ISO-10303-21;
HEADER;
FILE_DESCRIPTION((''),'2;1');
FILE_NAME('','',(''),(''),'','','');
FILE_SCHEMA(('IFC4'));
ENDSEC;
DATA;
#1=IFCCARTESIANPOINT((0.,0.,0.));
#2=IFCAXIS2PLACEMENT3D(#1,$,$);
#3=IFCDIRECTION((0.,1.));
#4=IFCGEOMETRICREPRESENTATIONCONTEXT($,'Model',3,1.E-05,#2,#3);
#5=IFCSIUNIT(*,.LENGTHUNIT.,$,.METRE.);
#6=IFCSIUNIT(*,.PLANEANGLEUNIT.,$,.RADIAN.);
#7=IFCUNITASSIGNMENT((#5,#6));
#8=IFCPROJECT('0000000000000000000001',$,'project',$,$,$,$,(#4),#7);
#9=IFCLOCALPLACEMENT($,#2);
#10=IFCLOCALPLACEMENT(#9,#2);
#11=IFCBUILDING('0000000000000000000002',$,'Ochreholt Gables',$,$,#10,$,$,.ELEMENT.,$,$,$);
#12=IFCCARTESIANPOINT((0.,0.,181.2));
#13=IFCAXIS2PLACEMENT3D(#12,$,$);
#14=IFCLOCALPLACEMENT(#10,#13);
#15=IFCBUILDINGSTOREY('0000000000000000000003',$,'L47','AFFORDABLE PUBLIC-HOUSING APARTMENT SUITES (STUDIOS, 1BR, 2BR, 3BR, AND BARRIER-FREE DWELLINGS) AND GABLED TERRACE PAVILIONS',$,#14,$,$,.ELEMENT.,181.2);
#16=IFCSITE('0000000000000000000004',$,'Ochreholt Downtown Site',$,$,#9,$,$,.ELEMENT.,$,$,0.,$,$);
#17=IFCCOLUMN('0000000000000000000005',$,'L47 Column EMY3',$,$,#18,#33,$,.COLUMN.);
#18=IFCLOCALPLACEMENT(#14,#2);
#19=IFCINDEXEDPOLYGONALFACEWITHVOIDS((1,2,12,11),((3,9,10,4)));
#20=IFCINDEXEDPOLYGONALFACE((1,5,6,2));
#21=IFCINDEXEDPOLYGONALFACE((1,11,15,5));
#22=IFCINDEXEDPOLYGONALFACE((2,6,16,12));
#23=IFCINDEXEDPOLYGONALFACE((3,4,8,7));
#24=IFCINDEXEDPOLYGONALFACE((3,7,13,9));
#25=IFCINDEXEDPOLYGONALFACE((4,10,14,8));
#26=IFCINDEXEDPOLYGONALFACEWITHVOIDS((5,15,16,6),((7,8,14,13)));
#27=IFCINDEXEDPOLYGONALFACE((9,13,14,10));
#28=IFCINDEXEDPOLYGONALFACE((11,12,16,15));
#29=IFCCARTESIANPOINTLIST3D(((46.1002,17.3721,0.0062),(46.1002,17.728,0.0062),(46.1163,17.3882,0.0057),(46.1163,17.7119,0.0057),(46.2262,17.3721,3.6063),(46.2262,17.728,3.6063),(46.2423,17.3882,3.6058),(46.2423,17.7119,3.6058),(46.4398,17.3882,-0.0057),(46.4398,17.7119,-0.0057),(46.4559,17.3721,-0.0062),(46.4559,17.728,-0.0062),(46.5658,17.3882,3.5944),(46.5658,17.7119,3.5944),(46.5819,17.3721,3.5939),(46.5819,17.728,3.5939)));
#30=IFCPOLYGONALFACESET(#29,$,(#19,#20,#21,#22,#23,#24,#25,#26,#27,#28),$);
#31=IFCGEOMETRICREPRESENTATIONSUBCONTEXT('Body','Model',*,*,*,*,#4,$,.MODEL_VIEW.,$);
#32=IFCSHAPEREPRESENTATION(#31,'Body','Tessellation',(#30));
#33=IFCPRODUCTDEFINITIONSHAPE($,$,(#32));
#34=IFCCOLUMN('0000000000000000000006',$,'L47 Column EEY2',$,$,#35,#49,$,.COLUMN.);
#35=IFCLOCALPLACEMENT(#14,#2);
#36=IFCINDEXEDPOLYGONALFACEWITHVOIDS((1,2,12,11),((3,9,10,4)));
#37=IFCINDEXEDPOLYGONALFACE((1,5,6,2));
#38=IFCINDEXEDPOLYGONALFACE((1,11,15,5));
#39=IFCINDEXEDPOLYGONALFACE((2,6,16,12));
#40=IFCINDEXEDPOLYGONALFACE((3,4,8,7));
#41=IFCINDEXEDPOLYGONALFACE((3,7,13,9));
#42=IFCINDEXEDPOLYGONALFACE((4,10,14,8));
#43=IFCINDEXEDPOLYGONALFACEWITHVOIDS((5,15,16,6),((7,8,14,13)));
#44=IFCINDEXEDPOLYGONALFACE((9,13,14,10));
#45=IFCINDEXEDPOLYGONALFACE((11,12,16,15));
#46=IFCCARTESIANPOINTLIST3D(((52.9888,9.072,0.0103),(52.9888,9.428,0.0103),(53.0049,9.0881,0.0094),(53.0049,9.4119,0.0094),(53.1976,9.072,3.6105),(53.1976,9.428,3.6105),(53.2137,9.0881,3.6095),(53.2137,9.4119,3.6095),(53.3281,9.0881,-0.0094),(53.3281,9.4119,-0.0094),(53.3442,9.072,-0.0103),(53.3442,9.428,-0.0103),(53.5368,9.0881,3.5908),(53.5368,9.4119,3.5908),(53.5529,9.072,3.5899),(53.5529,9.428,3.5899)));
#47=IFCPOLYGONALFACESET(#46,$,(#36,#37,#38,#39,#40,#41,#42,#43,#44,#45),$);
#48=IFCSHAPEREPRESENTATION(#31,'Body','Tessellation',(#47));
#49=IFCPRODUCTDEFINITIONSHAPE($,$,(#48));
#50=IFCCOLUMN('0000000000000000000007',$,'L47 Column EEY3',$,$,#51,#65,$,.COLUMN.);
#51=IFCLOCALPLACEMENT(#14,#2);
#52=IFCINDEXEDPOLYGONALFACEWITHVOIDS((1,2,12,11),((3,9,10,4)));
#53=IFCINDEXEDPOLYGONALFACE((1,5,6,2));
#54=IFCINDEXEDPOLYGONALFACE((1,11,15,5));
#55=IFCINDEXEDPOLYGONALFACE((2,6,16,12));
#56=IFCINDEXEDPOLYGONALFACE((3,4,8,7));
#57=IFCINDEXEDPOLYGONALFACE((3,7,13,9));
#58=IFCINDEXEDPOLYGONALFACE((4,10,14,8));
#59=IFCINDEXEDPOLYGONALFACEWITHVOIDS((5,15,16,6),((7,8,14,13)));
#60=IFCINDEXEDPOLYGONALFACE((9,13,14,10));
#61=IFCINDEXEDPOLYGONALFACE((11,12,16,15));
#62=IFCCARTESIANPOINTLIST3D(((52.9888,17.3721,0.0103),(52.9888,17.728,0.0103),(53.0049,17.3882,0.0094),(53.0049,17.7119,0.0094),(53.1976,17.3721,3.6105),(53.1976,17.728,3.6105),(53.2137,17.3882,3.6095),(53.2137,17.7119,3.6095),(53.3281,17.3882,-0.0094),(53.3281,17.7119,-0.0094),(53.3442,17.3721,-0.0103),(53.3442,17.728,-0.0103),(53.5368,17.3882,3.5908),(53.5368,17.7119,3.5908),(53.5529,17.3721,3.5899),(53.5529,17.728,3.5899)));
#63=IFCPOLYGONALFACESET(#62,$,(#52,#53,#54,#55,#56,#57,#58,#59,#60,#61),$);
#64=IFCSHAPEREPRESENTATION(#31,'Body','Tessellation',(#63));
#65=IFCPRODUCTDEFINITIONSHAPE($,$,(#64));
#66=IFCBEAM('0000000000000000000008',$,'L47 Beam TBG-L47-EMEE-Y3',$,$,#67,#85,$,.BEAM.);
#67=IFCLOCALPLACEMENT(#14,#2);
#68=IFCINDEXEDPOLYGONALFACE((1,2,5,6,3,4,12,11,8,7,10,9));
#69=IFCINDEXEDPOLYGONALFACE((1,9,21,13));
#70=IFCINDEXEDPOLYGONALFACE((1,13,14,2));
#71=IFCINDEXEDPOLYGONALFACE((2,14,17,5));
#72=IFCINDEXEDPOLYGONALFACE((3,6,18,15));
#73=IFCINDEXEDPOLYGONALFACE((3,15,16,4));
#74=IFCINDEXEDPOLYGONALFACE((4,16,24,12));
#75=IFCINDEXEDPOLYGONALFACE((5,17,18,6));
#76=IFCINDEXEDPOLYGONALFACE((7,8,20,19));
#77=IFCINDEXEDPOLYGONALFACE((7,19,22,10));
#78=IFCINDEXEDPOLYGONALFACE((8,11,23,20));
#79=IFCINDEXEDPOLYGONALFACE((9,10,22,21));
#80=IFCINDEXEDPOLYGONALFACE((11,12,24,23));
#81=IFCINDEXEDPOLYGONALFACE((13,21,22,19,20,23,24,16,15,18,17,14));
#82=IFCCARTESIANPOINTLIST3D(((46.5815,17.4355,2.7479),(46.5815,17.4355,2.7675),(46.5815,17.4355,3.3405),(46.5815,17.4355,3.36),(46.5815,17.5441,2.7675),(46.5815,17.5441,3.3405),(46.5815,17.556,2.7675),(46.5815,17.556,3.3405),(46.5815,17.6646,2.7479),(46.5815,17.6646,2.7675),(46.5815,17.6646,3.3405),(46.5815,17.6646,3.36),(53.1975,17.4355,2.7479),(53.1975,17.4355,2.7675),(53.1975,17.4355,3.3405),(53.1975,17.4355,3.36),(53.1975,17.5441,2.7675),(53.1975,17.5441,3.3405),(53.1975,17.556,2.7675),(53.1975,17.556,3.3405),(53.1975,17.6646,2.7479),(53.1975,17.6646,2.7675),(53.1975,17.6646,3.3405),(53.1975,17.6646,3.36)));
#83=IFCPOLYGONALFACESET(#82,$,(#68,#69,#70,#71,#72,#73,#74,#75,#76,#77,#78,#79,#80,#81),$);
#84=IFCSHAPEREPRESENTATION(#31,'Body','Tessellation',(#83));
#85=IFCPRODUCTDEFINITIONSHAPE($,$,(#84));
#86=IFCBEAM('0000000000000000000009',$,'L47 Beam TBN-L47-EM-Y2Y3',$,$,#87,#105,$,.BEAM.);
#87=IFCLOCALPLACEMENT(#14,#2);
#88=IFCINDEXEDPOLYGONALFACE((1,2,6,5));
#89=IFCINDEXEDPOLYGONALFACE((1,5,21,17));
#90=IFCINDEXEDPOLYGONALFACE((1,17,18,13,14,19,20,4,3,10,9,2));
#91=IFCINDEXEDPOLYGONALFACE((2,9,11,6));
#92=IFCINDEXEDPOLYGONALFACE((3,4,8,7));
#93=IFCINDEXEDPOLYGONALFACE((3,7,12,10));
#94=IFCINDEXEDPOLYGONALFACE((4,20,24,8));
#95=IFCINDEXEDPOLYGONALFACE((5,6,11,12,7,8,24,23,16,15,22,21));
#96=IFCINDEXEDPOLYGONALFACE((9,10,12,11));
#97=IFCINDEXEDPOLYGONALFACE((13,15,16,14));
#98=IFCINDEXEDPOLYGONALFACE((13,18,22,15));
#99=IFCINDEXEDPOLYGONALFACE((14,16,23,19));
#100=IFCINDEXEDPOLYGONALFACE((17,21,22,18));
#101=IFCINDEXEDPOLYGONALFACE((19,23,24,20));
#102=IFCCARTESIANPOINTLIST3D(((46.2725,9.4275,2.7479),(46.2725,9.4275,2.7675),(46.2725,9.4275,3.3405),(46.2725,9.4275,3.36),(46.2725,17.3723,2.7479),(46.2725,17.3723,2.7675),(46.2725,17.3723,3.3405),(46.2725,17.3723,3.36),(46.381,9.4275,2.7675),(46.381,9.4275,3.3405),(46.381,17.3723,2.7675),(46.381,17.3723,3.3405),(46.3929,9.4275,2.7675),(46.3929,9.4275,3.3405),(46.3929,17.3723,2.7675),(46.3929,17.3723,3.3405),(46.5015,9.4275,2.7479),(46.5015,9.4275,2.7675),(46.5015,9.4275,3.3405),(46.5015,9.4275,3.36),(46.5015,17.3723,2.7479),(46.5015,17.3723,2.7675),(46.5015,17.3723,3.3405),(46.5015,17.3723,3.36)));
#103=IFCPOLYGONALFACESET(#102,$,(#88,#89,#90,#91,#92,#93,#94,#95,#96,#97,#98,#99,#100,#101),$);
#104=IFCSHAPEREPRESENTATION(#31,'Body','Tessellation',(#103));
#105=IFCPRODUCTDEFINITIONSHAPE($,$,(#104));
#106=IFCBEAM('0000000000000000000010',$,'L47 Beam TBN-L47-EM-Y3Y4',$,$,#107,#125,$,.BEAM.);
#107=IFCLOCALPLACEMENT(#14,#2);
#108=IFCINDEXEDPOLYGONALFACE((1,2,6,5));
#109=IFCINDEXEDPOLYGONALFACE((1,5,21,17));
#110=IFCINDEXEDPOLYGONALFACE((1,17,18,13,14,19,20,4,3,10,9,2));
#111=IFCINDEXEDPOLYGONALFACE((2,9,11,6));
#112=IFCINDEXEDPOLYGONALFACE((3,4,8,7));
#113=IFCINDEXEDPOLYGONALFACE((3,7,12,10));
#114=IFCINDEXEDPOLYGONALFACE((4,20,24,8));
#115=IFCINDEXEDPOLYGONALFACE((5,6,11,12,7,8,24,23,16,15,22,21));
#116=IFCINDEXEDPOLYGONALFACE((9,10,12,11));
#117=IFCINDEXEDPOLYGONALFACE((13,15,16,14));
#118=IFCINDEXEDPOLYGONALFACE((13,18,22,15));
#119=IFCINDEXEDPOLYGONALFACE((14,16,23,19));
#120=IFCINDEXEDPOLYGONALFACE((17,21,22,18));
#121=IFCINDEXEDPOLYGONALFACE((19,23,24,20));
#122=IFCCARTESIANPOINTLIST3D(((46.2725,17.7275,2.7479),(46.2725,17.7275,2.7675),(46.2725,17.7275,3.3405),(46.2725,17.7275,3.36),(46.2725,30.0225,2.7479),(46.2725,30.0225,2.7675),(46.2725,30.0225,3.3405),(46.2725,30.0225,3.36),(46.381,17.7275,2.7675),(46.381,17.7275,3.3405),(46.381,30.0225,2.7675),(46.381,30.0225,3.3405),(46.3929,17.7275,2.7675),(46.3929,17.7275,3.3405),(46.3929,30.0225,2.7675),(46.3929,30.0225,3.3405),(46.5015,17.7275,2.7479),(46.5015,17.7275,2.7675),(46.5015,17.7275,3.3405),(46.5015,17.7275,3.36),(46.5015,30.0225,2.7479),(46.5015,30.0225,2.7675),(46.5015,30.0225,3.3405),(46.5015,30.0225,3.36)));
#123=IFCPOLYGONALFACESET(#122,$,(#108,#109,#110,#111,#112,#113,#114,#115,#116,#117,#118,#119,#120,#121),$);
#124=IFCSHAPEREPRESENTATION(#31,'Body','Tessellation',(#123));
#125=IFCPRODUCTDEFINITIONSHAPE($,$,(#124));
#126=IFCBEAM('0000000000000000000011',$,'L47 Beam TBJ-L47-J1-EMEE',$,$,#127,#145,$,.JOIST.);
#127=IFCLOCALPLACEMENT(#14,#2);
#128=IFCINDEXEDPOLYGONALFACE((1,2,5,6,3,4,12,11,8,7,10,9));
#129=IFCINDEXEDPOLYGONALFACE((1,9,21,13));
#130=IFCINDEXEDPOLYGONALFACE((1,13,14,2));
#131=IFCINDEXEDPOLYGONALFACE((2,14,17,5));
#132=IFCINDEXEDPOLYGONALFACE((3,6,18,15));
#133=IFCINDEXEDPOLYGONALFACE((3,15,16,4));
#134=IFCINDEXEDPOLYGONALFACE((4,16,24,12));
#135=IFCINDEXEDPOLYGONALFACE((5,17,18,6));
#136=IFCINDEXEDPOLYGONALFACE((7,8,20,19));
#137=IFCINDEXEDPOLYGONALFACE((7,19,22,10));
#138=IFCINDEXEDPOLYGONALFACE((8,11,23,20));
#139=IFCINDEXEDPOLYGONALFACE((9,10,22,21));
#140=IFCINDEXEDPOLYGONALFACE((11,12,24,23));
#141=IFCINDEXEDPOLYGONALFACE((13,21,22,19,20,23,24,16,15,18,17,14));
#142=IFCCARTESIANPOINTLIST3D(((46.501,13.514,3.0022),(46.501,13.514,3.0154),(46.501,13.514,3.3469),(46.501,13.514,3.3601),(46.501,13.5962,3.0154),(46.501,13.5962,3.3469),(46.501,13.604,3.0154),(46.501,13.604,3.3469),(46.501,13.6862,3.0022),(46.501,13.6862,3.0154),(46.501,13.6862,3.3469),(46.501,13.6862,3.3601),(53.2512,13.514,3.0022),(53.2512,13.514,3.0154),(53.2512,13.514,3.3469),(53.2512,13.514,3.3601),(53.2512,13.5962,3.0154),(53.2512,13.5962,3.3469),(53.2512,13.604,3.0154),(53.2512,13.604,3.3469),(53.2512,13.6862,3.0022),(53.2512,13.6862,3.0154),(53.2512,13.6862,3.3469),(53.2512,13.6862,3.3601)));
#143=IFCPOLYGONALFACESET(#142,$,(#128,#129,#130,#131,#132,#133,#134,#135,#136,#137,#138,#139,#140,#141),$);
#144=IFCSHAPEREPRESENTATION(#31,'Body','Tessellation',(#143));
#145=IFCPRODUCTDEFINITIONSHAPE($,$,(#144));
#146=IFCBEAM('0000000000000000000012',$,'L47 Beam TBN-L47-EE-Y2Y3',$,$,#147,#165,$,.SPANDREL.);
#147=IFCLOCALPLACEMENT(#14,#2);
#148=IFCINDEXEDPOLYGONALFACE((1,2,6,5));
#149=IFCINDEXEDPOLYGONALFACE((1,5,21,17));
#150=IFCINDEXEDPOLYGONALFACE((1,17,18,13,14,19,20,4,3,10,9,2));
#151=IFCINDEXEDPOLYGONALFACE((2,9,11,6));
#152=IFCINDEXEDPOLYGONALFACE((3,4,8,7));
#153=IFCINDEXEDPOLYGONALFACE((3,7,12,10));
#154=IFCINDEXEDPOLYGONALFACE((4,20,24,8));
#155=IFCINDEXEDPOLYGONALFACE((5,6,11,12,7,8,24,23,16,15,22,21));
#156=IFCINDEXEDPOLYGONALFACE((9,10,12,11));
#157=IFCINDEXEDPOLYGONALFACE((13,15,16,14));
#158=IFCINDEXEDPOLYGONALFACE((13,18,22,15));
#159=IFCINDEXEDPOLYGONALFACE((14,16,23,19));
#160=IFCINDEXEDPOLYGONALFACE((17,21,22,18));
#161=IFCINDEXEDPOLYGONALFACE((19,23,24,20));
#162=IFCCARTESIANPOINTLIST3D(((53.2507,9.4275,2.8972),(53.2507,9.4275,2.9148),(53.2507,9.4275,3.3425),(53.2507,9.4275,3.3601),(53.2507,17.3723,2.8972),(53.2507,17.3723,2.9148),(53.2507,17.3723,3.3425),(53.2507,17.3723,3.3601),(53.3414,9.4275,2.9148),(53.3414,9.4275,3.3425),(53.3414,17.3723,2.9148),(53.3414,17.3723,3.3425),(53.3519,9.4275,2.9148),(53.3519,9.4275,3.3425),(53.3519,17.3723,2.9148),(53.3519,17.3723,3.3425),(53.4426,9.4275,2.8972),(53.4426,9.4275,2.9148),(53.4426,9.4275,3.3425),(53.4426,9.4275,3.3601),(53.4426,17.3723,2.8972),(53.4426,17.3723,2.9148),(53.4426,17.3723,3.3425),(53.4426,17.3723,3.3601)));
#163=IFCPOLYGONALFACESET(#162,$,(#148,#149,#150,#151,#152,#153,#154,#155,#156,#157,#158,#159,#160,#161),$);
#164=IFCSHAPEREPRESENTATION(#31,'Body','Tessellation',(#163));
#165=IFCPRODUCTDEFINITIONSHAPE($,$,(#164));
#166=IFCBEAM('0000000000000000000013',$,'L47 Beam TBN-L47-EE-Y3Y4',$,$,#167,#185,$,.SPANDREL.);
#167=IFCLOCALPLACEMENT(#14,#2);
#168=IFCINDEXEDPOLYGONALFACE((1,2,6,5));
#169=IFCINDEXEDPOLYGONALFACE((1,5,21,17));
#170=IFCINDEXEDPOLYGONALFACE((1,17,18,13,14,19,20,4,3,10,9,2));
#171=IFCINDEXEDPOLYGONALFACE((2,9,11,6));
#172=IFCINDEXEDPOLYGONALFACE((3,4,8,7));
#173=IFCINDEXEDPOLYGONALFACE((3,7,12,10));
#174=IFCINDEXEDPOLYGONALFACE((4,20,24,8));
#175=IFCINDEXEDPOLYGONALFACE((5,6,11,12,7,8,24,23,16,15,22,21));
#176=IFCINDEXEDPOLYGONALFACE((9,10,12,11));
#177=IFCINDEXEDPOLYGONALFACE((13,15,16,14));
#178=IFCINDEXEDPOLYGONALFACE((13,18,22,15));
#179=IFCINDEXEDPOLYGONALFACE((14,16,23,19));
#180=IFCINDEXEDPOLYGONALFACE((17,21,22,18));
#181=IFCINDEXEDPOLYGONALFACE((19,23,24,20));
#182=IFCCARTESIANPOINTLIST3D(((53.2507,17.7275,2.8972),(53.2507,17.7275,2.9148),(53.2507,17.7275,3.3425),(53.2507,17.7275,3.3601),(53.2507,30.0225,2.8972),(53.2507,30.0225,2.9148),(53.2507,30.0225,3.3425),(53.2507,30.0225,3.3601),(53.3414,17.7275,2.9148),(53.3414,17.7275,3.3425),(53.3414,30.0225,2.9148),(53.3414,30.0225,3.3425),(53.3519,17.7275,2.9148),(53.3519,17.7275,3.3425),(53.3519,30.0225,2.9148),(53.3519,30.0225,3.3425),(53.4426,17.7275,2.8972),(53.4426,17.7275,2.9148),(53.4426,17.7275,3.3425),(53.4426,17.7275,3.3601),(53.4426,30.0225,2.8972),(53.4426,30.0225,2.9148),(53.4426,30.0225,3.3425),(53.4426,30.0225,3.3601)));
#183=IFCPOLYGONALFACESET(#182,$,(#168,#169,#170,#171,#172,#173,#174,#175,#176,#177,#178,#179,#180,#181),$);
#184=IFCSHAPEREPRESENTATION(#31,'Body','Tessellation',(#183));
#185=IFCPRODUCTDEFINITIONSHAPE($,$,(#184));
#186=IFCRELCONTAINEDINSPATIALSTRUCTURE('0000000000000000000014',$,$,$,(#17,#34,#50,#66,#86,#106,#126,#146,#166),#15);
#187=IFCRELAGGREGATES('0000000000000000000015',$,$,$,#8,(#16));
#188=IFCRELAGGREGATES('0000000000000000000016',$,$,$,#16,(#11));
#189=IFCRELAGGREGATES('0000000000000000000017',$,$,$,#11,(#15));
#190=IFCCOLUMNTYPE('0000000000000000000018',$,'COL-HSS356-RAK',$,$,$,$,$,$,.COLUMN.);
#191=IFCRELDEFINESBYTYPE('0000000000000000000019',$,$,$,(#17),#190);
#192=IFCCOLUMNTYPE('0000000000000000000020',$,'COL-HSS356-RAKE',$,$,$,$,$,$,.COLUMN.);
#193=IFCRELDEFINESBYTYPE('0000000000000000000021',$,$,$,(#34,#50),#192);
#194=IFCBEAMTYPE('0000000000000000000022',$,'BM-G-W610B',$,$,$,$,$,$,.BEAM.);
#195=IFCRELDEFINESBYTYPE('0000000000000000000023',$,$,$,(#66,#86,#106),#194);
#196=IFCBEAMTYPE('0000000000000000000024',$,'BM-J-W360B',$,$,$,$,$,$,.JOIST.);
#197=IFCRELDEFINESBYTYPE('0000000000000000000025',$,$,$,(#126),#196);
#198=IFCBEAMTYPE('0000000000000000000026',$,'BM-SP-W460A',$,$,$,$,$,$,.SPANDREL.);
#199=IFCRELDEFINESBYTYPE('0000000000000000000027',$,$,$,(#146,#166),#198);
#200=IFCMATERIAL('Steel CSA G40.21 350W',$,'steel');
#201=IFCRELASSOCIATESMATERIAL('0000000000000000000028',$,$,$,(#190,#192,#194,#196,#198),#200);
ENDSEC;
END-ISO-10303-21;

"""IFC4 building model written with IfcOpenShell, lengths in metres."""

from ifc_helpers import new_model, si_unit, direction, frame, origin, origin_2d, place, context, subcontext, project, spatial, hollow_rectangle, i_section, extrude, material, material_profile, profile_set, type_object, element, save


model = new_model("IFC4")

# Units and contexts
model_context = context("Model", 3, precision=1e-05, world=origin(), true_north=direction((0.0, 1.0)))
body_context = subcontext(model_context, "Body", "Model", "MODEL_VIEW")
ifc_project = project(units=[si_unit("LENGTHUNIT", "METRE"), si_unit("PLANEANGLEUNIT", "RADIAN")], contexts=[model_context])

# Site, building, storey
site_placement = place(None, origin())
site = spatial("IfcSite", under=ifc_project, at=site_placement, Name="Ochreholt Downtown Site", CompositionType="ELEMENT", RefElevation=0.0)
building_placement = place(site_placement, origin())
building = spatial("IfcBuilding", under=site, at=building_placement, Name="Ochreholt Gables", CompositionType="ELEMENT")
storey_placement = place(building_placement, frame((0.0, 0.0, 181.2)))
storey = spatial("IfcBuildingStorey", under=building, at=storey_placement, Name="L47", Description="AFFORDABLE PUBLIC-HOUSING APARTMENT SUITES (STUDIOS, 1BR, 2BR, 3BR, AND BARRIER-FREE DWELLINGS) AND GABLED TERRACE PAVILIONS", CompositionType="ELEMENT", Elevation=181.2)

# Columns
ifc_material_1 = material(Name="Steel CSA G40.21 350W", Category="steel")
ifc_material_profile_1 = material_profile(ifc_material_1, hollow_rectangle(XDim=0.356, YDim=0.356, WallThickness=0.0161, at=origin_2d()), Name="HSS356X356X16")
ifc_profile_set_1 = profile_set([ifc_material_profile_1], Name="Steel CSA G40.21 350W")
column_type_1 = type_object("IfcColumnType", Name="COL-HSS356-RAK", PredefinedType="COLUMN", material=ifc_profile_set_1)
column_placement = place(storey_placement, frame((46.2781, 17.55, 0.0), z_axis=(0.034971, 0.0, 0.999388), x_axis=(0.0, 1.0, 0.0)))
element("IfcColumn", 1, at=column_placement, inside=storey, type_object=column_type_1, Name="L47 Column EMY3", PredefinedType="COLUMN", context=body_context, shape_type="SweptSolid", body=[
    extrude(hollow_rectangle(XDim=0.356, YDim=0.356, WallThickness=0.0161, at=origin_2d()), origin(), (0.0, 0.0, 1.0), 3.6023),
])
ifc_material_profile_2 = material_profile(ifc_material_1, hollow_rectangle(XDim=0.356, YDim=0.356, WallThickness=0.0161, at=origin_2d()), Name="HSS356X356X16")
ifc_profile_set_2 = profile_set([ifc_material_profile_2], Name="Steel CSA G40.21 350W")
column_type_2 = type_object("IfcColumnType", Name="COL-HSS356-RAKE", PredefinedType="COLUMN", material=ifc_profile_set_2)
for number, where, z_axis, x_axis, name in (
    (2, (53.1665, 9.25, 0.0), (0.057885, 0.0, 0.998323), (0.0, 1.0, 0.0), "L47 Column EEY2"),
    (3, (53.1665, 17.55, 0.0), (0.057885, 0.0, 0.998323), (0.0, 1.0, 0.0), "L47 Column EEY3"),
):
    element("IfcColumn", number, at=place(storey_placement, frame(where, z_axis=z_axis, x_axis=x_axis)), inside=storey, type_object=column_type_2, Name=name, PredefinedType="COLUMN", context=body_context, shape_type="SweptSolid", body=[
        extrude(hollow_rectangle(XDim=0.356, YDim=0.356, WallThickness=0.0161, at=origin_2d()), origin(), (0.0, 0.0, 1.0), 3.6062),
    ])

# Beams
ifc_material_profile_3 = material_profile(ifc_material_1, i_section(OverallWidth=0.229, OverallDepth=0.6121, WebThickness=0.012, FlangeThickness=0.0195, at=origin_2d()), Name="W610X125")
ifc_profile_set_3 = profile_set([ifc_material_profile_3], Name="Steel CSA G40.21 350W")
beam_type_1 = type_object("IfcBeamType", Name="BM-G-W610B", PredefinedType="BEAM", material=ifc_profile_set_3)
beam_1_placement = place(storey_placement, frame((46.5815, 17.55, 3.054), z_axis=(1.0, 0.0, 0.0), x_axis=(0.0, 1.0, 0.0)))
element("IfcBeam", 4, at=beam_1_placement, inside=storey, type_object=beam_type_1, Name="L47 Beam TBG-L47-EMEE-Y3", PredefinedType="BEAM", context=body_context, shape_type="SweptSolid", body=[
    extrude(i_section(OverallWidth=0.229, OverallDepth=0.6121, WebThickness=0.012, FlangeThickness=0.0195, at=origin_2d()), origin(), (0.0, 0.0, 1.0), 6.616),
])
beam_2_placement = place(storey_placement, frame((46.387, 9.4275, 3.054), z_axis=(0.0, 1.0, 0.0), x_axis=(-1.0, 0.0, 0.0)))
element("IfcBeam", 5, at=beam_2_placement, inside=storey, type_object=beam_type_1, Name="L47 Beam TBN-L47-EM-Y2Y3", PredefinedType="BEAM", context=body_context, shape_type="SweptSolid", body=[
    extrude(i_section(OverallWidth=0.229, OverallDepth=0.6121, WebThickness=0.012, FlangeThickness=0.0195, at=origin_2d()), origin(), (0.0, 0.0, 1.0), 7.9448),
])
beam_3_placement = place(storey_placement, frame((46.387, 17.7275, 3.054), z_axis=(0.0, 1.0, 0.0), x_axis=(-1.0, 0.0, 0.0)))
element("IfcBeam", 6, at=beam_3_placement, inside=storey, type_object=beam_type_1, Name="L47 Beam TBN-L47-EM-Y3Y4", PredefinedType="BEAM", context=body_context, shape_type="SweptSolid", body=[
    extrude(i_section(OverallWidth=0.229, OverallDepth=0.6121, WebThickness=0.012, FlangeThickness=0.0195, at=origin_2d()), origin(), (0.0, 0.0, 1.0), 12.2949),
])
ifc_material_profile_4 = material_profile(ifc_material_1, i_section(OverallWidth=0.1721, OverallDepth=0.3579, WebThickness=0.0078, FlangeThickness=0.0132, at=origin_2d()), Name="W360X57")
ifc_profile_set_4 = profile_set([ifc_material_profile_4], Name="Steel CSA G40.21 350W")
beam_type_2 = type_object("IfcBeamType", Name="BM-J-W360B", PredefinedType="JOIST", material=ifc_profile_set_4)
beam_4_placement = place(storey_placement, frame((46.501, 13.6001, 3.1812), z_axis=(1.0, 0.0, 0.0), x_axis=(0.0, 1.0, 0.0)))
element("IfcBeam", 7, at=beam_4_placement, inside=storey, type_object=beam_type_2, Name="L47 Beam TBJ-L47-J1-EMEE", PredefinedType="JOIST", context=body_context, shape_type="SweptSolid", body=[
    extrude(i_section(OverallWidth=0.1721, OverallDepth=0.3579, WebThickness=0.0078, FlangeThickness=0.0132, at=origin_2d()), origin(), (0.0, 0.0, 1.0), 6.7502),
])
ifc_material_profile_5 = material_profile(ifc_material_1, i_section(OverallWidth=0.1919, OverallDepth=0.4629, WebThickness=0.0105, FlangeThickness=0.0176, at=origin_2d()), Name="W460X89")
ifc_profile_set_5 = profile_set([ifc_material_profile_5], Name="Steel CSA G40.21 350W")
beam_type_3 = type_object("IfcBeamType", Name="BM-SP-W460A", PredefinedType="SPANDREL", material=ifc_profile_set_5)
beam_5_placement = place(storey_placement, frame((53.3467, 9.4275, 3.1287), z_axis=(0.0, 1.0, 0.0), x_axis=(-1.0, 0.0, 0.0)))
element("IfcBeam", 8, at=beam_5_placement, inside=storey, type_object=beam_type_3, Name="L47 Beam TBN-L47-EE-Y2Y3", PredefinedType="SPANDREL", context=body_context, shape_type="SweptSolid", body=[
    extrude(i_section(OverallWidth=0.1919, OverallDepth=0.4629, WebThickness=0.0105, FlangeThickness=0.0176, at=origin_2d()), origin(), (0.0, 0.0, 1.0), 7.9448),
])
beam_6_placement = place(storey_placement, frame((53.3467, 17.7275, 3.1287), z_axis=(0.0, 1.0, 0.0), x_axis=(-1.0, 0.0, 0.0)))
element("IfcBeam", 9, at=beam_6_placement, inside=storey, type_object=beam_type_3, Name="L47 Beam TBN-L47-EE-Y3Y4", PredefinedType="SPANDREL", context=body_context, shape_type="SweptSolid", body=[
    extrude(i_section(OverallWidth=0.1919, OverallDepth=0.4629, WebThickness=0.0105, FlangeThickness=0.0176, at=origin_2d()), origin(), (0.0, 0.0, 1.0), 12.2949),
])

save(model, "model.ifc")
